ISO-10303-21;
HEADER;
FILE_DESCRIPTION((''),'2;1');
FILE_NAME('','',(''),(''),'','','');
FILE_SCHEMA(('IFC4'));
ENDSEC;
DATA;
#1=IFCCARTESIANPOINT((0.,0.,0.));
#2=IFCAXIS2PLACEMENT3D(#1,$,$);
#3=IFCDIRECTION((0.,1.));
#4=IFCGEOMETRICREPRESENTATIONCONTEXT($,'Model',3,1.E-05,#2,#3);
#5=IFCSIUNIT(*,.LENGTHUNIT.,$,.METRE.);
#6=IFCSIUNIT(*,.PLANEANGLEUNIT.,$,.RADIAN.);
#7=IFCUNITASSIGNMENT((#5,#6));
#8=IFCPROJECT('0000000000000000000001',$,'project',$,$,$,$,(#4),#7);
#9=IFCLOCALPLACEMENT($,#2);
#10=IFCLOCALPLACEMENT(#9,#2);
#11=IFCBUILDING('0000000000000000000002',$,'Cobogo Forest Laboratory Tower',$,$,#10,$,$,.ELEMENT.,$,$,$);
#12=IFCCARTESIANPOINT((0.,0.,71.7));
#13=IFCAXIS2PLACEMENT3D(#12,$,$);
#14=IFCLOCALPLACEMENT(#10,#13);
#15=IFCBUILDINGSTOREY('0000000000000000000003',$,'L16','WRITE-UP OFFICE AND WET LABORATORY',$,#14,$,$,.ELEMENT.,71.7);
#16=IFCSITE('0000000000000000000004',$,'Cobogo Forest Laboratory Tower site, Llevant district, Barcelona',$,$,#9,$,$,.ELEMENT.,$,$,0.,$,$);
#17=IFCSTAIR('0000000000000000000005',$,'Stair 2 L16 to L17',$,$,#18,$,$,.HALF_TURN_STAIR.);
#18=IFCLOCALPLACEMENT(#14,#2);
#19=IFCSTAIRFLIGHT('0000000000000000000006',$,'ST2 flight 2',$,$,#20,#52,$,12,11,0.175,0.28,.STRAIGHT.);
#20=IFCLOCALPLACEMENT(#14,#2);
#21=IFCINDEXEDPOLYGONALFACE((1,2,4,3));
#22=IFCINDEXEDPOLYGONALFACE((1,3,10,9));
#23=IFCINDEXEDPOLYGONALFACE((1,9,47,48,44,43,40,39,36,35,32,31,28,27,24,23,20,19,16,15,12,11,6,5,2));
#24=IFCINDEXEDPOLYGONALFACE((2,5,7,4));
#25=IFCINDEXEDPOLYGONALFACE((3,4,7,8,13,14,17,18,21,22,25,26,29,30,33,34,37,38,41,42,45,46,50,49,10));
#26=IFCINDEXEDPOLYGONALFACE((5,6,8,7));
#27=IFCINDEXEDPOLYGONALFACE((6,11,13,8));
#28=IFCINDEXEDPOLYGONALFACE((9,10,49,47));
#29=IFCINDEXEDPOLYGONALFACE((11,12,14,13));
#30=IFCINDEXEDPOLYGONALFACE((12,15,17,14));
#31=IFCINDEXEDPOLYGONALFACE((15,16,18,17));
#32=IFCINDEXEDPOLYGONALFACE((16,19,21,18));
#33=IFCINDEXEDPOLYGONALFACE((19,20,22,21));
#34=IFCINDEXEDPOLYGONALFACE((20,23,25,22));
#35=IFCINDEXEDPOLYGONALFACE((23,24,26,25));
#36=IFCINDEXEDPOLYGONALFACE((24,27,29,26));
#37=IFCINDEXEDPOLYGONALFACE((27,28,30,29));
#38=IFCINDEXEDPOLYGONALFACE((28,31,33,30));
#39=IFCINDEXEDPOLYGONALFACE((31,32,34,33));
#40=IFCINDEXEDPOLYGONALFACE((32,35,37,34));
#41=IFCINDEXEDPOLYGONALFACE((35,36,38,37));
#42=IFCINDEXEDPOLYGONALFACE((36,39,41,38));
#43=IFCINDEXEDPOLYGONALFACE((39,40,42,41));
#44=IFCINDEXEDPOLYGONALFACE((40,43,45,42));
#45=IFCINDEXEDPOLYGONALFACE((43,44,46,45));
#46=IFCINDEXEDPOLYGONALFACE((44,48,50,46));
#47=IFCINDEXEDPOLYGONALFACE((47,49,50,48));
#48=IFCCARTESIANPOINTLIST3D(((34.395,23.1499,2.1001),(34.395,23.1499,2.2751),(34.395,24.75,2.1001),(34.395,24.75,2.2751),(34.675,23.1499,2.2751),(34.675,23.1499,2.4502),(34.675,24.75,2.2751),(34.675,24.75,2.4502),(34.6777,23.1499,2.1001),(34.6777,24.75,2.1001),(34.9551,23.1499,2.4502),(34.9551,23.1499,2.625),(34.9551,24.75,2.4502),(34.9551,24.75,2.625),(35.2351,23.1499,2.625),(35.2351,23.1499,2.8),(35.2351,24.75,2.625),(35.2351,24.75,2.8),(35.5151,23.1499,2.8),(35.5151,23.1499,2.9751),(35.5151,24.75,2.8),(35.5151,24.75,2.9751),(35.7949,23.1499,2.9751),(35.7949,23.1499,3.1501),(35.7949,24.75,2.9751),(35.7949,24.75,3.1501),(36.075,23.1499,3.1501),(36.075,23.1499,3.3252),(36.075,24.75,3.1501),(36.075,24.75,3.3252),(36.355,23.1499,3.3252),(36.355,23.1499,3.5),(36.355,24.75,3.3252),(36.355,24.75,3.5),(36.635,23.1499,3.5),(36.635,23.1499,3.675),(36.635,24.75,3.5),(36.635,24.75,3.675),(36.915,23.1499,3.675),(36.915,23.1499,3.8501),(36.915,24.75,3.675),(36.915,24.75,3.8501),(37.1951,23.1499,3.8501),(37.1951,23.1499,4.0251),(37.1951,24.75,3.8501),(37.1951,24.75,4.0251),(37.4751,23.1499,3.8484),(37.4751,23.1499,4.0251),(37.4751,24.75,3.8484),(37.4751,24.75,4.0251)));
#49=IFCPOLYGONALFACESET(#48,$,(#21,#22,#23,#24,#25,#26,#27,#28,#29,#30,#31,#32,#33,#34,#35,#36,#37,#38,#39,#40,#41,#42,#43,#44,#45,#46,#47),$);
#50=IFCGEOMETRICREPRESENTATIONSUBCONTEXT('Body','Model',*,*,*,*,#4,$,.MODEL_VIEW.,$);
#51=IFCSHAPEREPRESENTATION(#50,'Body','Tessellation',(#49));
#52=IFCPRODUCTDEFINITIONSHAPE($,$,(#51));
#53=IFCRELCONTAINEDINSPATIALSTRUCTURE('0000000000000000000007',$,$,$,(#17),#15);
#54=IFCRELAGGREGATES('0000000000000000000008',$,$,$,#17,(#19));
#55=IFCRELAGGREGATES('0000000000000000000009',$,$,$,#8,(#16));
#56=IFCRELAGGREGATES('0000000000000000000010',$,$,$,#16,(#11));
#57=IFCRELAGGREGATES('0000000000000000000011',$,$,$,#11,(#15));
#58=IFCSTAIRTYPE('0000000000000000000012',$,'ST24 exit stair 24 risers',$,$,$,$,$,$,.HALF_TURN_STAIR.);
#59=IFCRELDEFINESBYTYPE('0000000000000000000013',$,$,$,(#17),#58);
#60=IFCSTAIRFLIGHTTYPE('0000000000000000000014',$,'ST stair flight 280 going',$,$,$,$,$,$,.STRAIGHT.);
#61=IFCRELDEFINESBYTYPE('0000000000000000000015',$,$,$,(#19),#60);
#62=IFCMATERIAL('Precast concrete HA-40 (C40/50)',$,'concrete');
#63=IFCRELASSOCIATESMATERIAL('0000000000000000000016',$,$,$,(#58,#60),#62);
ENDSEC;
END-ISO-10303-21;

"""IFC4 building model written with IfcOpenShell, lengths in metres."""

from ifc_helpers import new_model, si_unit, direction, frame, origin, place, context, subcontext, project, spatial, polyline, outline, extrude, material, type_object, element, aggregate, save


model = new_model("IFC4")

# Units and contexts
model_context = context("Model", 3, precision=1e-05, world=origin(), true_north=direction((0.0, 1.0)))
body_context = subcontext(model_context, "Body", "Model", "MODEL_VIEW")
ifc_project = project(units=[si_unit("LENGTHUNIT", "METRE"), si_unit("PLANEANGLEUNIT", "RADIAN")], contexts=[model_context])

# Site, building, storey
site_placement = place(None, origin())
site = spatial("IfcSite", under=ifc_project, at=site_placement, Name="Cobogo Forest Laboratory Tower site, Llevant district, Barcelona", CompositionType="ELEMENT", RefElevation=0.0)
building_placement = place(site_placement, origin())
building = spatial("IfcBuilding", under=site, at=building_placement, Name="Cobogo Forest Laboratory Tower", CompositionType="ELEMENT")
storey_placement = place(building_placement, frame((0.0, 0.0, 71.7)))
storey = spatial("IfcBuildingStorey", under=building, at=storey_placement, Name="L16", Description="WRITE-UP OFFICE AND WET LABORATORY", CompositionType="ELEMENT", Elevation=71.7)

# Stair, stair flight
ifc_material_1 = material(Name="Precast concrete HA-40 (C40/50)", Category="concrete")
stair_type = type_object("IfcStairType", Name="ST24 exit stair 24 risers", PredefinedType="HALF_TURN_STAIR", material=ifc_material_1)
stair_placement = place(storey_placement, origin())
stair = element("IfcStair", 1, at=stair_placement, inside=storey, type_object=stair_type, Name="Stair 2 L16 to L17", PredefinedType="HALF_TURN_STAIR")
stair_flight_type = type_object("IfcStairFlightType", Name="ST stair flight 280 going", PredefinedType="STRAIGHT", material=ifc_material_1)
stair_flight_placement = place(storey_placement, frame((34.395, 23.95, 2.1001), z_axis=(0.0, 0.0, 1.0), x_axis=(1.0, 0.0, 0.0)))
stair_flight = element("IfcStairFlight", 2, at=stair_flight_placement, type_object=stair_flight_type, Name="ST2 flight 2", NumberOfRisers=12, NumberOfTreads=11, PredefinedType="STRAIGHT", RiserHeight=0.175, TreadLength=0.28, context=body_context, shape_type="SweptSolid", body=[
    extrude(outline(polyline([(0.0, 0.0), (0.0, 0.175), (0.28, 0.175), (0.28, 0.3501), (0.5601, 0.3501), (0.5601, 0.5249), (0.8401, 0.5249), (0.8401, 0.7), (1.1201, 0.7), (1.1201, 0.875), (1.3999, 0.875), (1.3999, 1.05), (1.6799, 1.05), (1.6799, 1.2251), (1.96, 1.2251), (1.96, 1.3999), (2.24, 1.3999), (2.24, 1.575), (2.52, 1.575), (2.52, 1.75), (2.8, 1.75), (2.8, 1.925), (3.0801, 1.925), (3.0801, 2.1001), (3.0801, 1.7483), (0.2827, 0.0), (0.0, 0.0)])), frame((0.0, 0.8, 0.0), z_axis=(0.0, -1.0, 0.0), x_axis=(1.0, 0.0, 0.0)), (0.0, 0.0, 1.0), 1.6001),
])
aggregate(stair, [stair_flight])

save(model, "model.ifc")
